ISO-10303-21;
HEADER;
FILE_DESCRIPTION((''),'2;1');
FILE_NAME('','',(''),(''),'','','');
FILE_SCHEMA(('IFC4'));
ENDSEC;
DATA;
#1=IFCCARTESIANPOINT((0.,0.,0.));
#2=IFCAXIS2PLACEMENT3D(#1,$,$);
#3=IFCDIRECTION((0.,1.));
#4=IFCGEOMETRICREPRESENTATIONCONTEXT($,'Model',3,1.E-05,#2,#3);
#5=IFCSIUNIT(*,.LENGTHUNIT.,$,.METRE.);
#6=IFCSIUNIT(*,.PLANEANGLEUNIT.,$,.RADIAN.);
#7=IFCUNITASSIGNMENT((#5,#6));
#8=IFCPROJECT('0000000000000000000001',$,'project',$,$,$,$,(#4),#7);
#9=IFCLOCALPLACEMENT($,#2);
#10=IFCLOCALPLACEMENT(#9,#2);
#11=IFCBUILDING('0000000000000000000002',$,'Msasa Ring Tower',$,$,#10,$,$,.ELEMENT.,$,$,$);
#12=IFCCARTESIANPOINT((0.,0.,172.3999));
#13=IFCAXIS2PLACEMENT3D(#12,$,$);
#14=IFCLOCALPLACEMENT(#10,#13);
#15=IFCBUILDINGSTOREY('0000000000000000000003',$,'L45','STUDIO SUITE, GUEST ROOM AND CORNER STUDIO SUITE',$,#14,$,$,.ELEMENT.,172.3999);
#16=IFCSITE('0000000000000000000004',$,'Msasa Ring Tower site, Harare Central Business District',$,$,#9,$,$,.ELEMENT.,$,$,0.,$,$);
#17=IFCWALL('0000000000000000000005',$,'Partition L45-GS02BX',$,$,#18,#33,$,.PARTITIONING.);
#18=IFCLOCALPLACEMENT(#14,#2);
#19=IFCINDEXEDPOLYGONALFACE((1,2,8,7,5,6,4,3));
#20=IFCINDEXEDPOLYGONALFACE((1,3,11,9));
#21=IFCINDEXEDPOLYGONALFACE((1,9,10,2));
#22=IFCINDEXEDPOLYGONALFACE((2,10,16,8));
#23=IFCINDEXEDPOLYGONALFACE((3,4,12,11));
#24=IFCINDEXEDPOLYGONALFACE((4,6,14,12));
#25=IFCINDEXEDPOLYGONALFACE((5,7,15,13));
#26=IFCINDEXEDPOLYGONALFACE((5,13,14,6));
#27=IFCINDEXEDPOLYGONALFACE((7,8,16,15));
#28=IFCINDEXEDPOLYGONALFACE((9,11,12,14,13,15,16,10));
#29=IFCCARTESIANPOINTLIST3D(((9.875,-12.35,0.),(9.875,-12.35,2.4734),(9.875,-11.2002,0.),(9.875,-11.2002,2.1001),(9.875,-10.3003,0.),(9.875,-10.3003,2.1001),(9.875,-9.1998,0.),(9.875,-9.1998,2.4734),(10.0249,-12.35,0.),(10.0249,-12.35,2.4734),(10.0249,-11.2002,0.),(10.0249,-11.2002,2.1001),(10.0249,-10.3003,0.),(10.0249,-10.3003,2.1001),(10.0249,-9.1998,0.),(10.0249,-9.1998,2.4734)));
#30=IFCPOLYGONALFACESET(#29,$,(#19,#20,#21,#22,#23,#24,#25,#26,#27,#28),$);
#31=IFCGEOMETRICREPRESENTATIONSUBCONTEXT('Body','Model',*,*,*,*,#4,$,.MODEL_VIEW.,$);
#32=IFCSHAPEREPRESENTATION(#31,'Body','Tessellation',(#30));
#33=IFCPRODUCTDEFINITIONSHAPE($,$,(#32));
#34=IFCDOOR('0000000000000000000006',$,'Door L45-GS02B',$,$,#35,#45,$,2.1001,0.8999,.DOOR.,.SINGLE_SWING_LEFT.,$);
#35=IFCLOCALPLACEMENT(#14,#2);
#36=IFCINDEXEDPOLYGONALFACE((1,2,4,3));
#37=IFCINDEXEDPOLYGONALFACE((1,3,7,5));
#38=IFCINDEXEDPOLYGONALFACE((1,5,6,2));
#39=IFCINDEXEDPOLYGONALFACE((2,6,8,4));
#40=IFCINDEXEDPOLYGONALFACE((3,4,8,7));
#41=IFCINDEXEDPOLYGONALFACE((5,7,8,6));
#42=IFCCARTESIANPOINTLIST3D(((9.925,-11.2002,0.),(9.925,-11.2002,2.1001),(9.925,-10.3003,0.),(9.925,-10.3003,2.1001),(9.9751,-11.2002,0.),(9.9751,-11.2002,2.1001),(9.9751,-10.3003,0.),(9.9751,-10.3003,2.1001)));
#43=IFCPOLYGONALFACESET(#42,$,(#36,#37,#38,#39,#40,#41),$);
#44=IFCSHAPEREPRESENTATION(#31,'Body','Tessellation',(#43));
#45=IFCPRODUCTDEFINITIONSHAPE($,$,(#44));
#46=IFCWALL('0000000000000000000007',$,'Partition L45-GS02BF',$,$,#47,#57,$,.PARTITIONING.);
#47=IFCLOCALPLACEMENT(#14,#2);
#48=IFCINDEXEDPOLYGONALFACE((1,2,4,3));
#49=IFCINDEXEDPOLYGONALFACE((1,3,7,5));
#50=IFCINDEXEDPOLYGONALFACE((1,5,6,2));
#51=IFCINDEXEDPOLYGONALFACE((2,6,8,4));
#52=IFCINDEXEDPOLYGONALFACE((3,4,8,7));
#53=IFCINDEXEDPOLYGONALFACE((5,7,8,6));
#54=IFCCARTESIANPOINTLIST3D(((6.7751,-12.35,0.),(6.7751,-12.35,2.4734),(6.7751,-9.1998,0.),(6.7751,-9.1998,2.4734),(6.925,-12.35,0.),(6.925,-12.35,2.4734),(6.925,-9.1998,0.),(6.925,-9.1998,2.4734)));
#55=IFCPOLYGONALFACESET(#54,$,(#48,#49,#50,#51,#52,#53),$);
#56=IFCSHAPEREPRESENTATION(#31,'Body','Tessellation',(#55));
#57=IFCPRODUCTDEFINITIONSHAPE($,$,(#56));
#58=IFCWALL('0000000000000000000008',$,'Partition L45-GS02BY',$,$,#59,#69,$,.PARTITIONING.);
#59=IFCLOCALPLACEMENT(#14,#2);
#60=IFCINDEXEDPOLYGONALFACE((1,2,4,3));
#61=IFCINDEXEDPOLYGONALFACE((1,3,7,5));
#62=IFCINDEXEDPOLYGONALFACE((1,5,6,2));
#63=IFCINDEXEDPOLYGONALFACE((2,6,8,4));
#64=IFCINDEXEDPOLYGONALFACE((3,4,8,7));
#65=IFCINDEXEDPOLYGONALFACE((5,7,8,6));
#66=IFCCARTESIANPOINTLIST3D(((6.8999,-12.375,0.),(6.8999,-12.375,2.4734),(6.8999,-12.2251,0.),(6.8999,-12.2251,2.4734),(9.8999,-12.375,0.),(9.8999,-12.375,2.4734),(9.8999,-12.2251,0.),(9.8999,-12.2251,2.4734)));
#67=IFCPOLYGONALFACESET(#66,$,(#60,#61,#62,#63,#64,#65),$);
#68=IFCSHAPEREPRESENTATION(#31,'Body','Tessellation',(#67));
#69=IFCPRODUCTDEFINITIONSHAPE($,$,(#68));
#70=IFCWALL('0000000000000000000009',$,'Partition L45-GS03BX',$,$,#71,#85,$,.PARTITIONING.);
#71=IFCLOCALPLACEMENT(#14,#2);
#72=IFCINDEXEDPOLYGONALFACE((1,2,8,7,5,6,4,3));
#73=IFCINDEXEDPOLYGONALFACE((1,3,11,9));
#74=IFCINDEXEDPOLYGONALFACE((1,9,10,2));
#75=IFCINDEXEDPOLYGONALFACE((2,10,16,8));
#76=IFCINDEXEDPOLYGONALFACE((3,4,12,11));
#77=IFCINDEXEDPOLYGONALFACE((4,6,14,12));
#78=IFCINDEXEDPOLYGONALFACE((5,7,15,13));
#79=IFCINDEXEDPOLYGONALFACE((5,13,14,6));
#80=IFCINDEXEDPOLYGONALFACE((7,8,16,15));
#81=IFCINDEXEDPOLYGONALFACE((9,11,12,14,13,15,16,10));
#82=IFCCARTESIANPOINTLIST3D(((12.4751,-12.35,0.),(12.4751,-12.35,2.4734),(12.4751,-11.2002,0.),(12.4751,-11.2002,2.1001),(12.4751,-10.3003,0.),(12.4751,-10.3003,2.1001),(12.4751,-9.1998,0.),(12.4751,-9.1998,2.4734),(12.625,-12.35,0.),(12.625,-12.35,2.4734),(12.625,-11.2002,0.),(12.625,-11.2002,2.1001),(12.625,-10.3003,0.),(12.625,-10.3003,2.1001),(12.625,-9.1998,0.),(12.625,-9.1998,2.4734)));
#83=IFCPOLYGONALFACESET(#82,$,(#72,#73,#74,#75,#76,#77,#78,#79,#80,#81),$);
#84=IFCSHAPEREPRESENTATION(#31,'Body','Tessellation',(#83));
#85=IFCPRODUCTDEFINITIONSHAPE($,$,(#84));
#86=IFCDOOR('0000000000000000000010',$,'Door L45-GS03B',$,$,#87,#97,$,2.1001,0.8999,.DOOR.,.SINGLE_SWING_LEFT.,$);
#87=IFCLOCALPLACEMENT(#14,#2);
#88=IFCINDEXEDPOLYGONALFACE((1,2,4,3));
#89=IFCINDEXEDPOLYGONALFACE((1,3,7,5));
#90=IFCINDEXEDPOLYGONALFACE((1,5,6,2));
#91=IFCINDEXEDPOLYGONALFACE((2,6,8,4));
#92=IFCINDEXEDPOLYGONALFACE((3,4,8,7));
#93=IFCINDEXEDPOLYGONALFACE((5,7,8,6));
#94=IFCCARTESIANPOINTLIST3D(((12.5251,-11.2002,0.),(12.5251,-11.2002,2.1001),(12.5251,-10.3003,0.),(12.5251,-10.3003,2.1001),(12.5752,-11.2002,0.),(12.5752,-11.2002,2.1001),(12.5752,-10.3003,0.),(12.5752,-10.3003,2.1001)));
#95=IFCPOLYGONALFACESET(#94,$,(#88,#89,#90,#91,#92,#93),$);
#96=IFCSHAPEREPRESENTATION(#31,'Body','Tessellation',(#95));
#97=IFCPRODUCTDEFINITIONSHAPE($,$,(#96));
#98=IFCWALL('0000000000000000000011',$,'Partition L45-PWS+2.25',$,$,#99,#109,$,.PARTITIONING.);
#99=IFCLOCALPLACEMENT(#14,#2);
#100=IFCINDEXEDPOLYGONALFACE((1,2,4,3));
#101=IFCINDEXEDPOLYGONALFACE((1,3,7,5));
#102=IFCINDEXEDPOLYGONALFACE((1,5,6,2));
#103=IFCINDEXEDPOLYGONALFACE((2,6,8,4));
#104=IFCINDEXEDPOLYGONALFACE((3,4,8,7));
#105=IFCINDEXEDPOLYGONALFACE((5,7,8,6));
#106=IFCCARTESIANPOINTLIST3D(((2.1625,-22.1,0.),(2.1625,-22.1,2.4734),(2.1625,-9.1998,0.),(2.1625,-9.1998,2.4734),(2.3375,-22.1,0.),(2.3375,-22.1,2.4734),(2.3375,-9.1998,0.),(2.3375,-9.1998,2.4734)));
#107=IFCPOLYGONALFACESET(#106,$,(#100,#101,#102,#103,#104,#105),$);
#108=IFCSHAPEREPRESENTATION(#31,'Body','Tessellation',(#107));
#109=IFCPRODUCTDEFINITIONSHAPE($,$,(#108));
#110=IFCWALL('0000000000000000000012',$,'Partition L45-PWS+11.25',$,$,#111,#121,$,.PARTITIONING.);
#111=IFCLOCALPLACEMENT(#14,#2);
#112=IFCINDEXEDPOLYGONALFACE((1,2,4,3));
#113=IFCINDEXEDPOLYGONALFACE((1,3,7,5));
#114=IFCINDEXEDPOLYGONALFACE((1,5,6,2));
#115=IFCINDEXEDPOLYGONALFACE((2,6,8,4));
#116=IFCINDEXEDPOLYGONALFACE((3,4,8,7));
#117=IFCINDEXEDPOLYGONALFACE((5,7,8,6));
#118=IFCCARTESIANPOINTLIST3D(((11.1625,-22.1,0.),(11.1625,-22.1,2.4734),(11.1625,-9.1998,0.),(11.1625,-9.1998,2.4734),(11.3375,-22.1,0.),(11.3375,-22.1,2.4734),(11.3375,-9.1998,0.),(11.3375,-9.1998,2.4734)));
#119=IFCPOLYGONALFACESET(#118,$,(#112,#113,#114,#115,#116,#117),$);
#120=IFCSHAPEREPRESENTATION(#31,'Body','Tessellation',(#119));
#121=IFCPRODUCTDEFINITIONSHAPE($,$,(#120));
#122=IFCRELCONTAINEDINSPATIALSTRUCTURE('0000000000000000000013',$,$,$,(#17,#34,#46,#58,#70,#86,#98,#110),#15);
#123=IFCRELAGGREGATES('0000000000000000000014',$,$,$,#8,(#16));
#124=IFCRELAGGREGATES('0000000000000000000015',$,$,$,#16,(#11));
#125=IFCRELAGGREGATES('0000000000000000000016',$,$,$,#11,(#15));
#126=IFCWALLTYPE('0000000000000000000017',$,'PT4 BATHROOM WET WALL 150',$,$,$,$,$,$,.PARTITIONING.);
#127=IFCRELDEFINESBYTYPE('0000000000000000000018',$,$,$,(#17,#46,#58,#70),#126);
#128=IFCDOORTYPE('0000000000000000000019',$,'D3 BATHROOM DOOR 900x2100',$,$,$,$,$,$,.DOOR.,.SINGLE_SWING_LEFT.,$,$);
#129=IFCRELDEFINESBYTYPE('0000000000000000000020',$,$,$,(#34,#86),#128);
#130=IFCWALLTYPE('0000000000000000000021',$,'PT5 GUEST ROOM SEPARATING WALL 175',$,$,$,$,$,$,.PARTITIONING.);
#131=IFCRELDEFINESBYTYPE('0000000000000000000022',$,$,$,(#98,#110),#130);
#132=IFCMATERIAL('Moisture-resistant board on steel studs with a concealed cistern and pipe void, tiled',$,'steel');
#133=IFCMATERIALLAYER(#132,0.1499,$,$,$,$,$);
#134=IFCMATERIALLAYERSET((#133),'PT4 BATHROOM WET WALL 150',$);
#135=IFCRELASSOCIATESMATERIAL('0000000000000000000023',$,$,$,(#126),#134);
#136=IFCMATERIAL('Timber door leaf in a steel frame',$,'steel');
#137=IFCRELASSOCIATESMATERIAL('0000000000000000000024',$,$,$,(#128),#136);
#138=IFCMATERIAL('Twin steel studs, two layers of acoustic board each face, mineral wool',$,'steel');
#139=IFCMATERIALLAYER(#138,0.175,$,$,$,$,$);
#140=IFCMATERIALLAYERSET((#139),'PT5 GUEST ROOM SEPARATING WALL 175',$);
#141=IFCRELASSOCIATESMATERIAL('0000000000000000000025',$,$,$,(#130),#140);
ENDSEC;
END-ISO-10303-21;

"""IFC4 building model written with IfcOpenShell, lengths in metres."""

from ifc_helpers import new_model, si_unit, direction, frame, frame_2d, origin, place, context, subcontext, project, spatial, rectangle, extrude, material, layer, layer_set, type_object, element, fill, save


model = new_model("IFC4")

# Units and contexts
model_context = context("Model", 3, precision=1e-05, world=origin(), true_north=direction((0.0, 1.0)))
body_context = subcontext(model_context, "Body", "Model", "MODEL_VIEW")
ifc_project = project(units=[si_unit("LENGTHUNIT", "METRE"), si_unit("PLANEANGLEUNIT", "RADIAN")], contexts=[model_context])

# Site, building, storey
site_placement = place(None, origin())
site = spatial("IfcSite", under=ifc_project, at=site_placement, Name="Msasa Ring Tower site, Harare Central Business District", CompositionType="ELEMENT", RefElevation=0.0)
building_placement = place(site_placement, origin())
building = spatial("IfcBuilding", under=site, at=building_placement, Name="Msasa Ring Tower", CompositionType="ELEMENT")
storey_placement = place(building_placement, frame((0.0, 0.0, 172.3999)))
storey = spatial("IfcBuildingStorey", under=building, at=storey_placement, Name="L45", Description="STUDIO SUITE, GUEST ROOM AND CORNER STUDIO SUITE", CompositionType="ELEMENT", Elevation=172.3999)

# Wall, opening, door
ifc_material_1 = material(Name="Moisture-resistant board on steel studs with a concealed cistern and pipe void, tiled", Category="steel")
ifc_layer_1 = layer(ifc_material_1, 0.1499)
ifc_layer_set_1 = layer_set([ifc_layer_1], Name="PT4 BATHROOM WET WALL 150")
wall_type_1 = type_object("IfcWallType", Name="PT4 BATHROOM WET WALL 150", PredefinedType="PARTITIONING", material=ifc_layer_set_1)
wall_1_placement = place(storey_placement, frame((9.95, -12.3501, 0.0), z_axis=(0.0, 0.0, 1.0), x_axis=(0.0, 1.0, 0.0)))
wall_1 = element("IfcWall", 1, at=wall_1_placement, inside=storey, type_object=wall_type_1, Name="Partition L45-GS02BX", PredefinedType="PARTITIONING", context=body_context, shape_type="SweptSolid", body=[
    extrude(rectangle(XDim=3.1501, YDim=0.1499, at=frame_2d((1.5752, 0.0))), origin(), (0.0, 0.0, 1.0), 2.4734),
])
opening_1_placement = place(wall_1_placement, frame((1.1499, 0.0, 0.0)))
opening_1 = element("IfcOpeningElement", 2, at=opening_1_placement, cuts=wall_1, PredefinedType="OPENING", context=body_context, shape_type="SweptSolid", body=[
    extrude(rectangle(XDim=0.8999, YDim=2.1001, at=frame_2d((0.45, 1.05))), frame((0.0, 0.085, 0.0), z_axis=(0.0, -1.0, 0.0), x_axis=(1.0, 0.0, 0.0)), (0.0, 0.0, 1.0), 0.1699),
])
ifc_material_2 = material(Name="Timber door leaf in a steel frame", Category="steel")
door_type = type_object("IfcDoorType", Name="D3 BATHROOM DOOR 900x2100", OperationType="SINGLE_SWING_LEFT", PredefinedType="DOOR", material=ifc_material_2)
door_1_placement = place(opening_1_placement, origin())
door_1 = element("IfcDoor", 3, at=door_1_placement, inside=storey, type_object=door_type, Name="Door L45-GS02B", OperationType="SINGLE_SWING_LEFT", OverallHeight=2.1001, OverallWidth=0.8999, PredefinedType="DOOR", context=body_context, shape_type="SweptSolid", body=[
    extrude(rectangle(XDim=0.8999, YDim=2.1001, at=frame_2d((0.45, 1.05))), frame((0.0, 0.0249, 0.0), z_axis=(0.0, -1.0, 0.0), x_axis=(1.0, 0.0, 0.0)), (0.0, 0.0, 1.0), 0.05),
])
fill(opening_1, door_1)

# Walls
wall_2_placement = place(storey_placement, frame((6.8501, -12.3501, 0.0), z_axis=(0.0, 0.0, 1.0), x_axis=(0.0, 1.0, 0.0)))
element("IfcWall", 4, at=wall_2_placement, inside=storey, type_object=wall_type_1, Name="Partition L45-GS02BF", PredefinedType="PARTITIONING", context=body_context, shape_type="SweptSolid", body=[
    extrude(rectangle(XDim=3.1501, YDim=0.1499, at=frame_2d((1.5752, 0.0))), origin(), (0.0, 0.0, 1.0), 2.4734),
])
wall_3_placement = place(storey_placement, frame((6.8999, -12.3, 0.0), z_axis=(0.0, 0.0, 1.0), x_axis=(1.0, 0.0, 0.0)))
element("IfcWall", 5, at=wall_3_placement, inside=storey, type_object=wall_type_1, Name="Partition L45-GS02BY", PredefinedType="PARTITIONING", context=body_context, shape_type="SweptSolid", body=[
    extrude(rectangle(XDim=3.0, YDim=0.1499, at=frame_2d((1.5, 0.0))), origin(), (0.0, 0.0, 1.0), 2.4734),
])

# Wall, opening, door
wall_4_placement = place(storey_placement, frame((12.55, -12.3501, 0.0), z_axis=(0.0, 0.0, 1.0), x_axis=(0.0, 1.0, 0.0)))
wall_4 = element("IfcWall", 6, at=wall_4_placement, inside=storey, type_object=wall_type_1, Name="Partition L45-GS03BX", PredefinedType="PARTITIONING", context=body_context, shape_type="SweptSolid", body=[
    extrude(rectangle(XDim=3.1501, YDim=0.1499, at=frame_2d((1.5752, 0.0))), origin(), (0.0, 0.0, 1.0), 2.4734),
])
opening_2_placement = place(wall_4_placement, frame((1.1499, 0.0, 0.0)))
opening_2 = element("IfcOpeningElement", 7, at=opening_2_placement, cuts=wall_4, PredefinedType="OPENING", context=body_context, shape_type="SweptSolid", body=[
    extrude(rectangle(XDim=0.8999, YDim=2.1001, at=frame_2d((0.45, 1.05))), frame((0.0, 0.085, 0.0), z_axis=(0.0, -1.0, 0.0), x_axis=(1.0, 0.0, 0.0)), (0.0, 0.0, 1.0), 0.1699),
])
door_2_placement = place(opening_2_placement, origin())
door_2 = element("IfcDoor", 8, at=door_2_placement, inside=storey, type_object=door_type, Name="Door L45-GS03B", OperationType="SINGLE_SWING_LEFT", OverallHeight=2.1001, OverallWidth=0.8999, PredefinedType="DOOR", context=body_context, shape_type="SweptSolid", body=[
    extrude(rectangle(XDim=0.8999, YDim=2.1001, at=frame_2d((0.45, 1.05))), frame((0.0, 0.0249, 0.0), z_axis=(0.0, -1.0, 0.0), x_axis=(1.0, 0.0, 0.0)), (0.0, 0.0, 1.0), 0.05),
])
fill(opening_2, door_2)

# Walls
ifc_material_3 = material(Name="Twin steel studs, two layers of acoustic board each face, mineral wool", Category="steel")
ifc_layer_2 = layer(ifc_material_3, 0.175)
ifc_layer_set_2 = layer_set([ifc_layer_2], Name="PT5 GUEST ROOM SEPARATING WALL 175")
wall_type_2 = type_object("IfcWallType", Name="PT5 GUEST ROOM SEPARATING WALL 175", PredefinedType="PARTITIONING", material=ifc_layer_set_2)
for number, where, z_axis, x_axis, name in (
    (9, (2.25, -22.1001, 0.0), (0.0, 0.0, 1.0), (0.0, 1.0, 0.0), "Partition L45-PWS+2.25"),
    (10, (11.25, -22.1001, 0.0), (0.0, 0.0, 1.0), (0.0, 1.0, 0.0), "Partition L45-PWS+11.25"),
):
    element("IfcWall", number, at=place(storey_placement, frame(where, z_axis=z_axis, x_axis=x_axis)), inside=storey, type_object=wall_type_2, Name=name, PredefinedType="PARTITIONING", context=body_context, shape_type="SweptSolid", body=[
        extrude(rectangle(XDim=12.9001, YDim=0.175, at=frame_2d((6.4502, 0.0))), origin(), (0.0, 0.0, 1.0), 2.4734),
    ])

save(model, "model.ifc")
